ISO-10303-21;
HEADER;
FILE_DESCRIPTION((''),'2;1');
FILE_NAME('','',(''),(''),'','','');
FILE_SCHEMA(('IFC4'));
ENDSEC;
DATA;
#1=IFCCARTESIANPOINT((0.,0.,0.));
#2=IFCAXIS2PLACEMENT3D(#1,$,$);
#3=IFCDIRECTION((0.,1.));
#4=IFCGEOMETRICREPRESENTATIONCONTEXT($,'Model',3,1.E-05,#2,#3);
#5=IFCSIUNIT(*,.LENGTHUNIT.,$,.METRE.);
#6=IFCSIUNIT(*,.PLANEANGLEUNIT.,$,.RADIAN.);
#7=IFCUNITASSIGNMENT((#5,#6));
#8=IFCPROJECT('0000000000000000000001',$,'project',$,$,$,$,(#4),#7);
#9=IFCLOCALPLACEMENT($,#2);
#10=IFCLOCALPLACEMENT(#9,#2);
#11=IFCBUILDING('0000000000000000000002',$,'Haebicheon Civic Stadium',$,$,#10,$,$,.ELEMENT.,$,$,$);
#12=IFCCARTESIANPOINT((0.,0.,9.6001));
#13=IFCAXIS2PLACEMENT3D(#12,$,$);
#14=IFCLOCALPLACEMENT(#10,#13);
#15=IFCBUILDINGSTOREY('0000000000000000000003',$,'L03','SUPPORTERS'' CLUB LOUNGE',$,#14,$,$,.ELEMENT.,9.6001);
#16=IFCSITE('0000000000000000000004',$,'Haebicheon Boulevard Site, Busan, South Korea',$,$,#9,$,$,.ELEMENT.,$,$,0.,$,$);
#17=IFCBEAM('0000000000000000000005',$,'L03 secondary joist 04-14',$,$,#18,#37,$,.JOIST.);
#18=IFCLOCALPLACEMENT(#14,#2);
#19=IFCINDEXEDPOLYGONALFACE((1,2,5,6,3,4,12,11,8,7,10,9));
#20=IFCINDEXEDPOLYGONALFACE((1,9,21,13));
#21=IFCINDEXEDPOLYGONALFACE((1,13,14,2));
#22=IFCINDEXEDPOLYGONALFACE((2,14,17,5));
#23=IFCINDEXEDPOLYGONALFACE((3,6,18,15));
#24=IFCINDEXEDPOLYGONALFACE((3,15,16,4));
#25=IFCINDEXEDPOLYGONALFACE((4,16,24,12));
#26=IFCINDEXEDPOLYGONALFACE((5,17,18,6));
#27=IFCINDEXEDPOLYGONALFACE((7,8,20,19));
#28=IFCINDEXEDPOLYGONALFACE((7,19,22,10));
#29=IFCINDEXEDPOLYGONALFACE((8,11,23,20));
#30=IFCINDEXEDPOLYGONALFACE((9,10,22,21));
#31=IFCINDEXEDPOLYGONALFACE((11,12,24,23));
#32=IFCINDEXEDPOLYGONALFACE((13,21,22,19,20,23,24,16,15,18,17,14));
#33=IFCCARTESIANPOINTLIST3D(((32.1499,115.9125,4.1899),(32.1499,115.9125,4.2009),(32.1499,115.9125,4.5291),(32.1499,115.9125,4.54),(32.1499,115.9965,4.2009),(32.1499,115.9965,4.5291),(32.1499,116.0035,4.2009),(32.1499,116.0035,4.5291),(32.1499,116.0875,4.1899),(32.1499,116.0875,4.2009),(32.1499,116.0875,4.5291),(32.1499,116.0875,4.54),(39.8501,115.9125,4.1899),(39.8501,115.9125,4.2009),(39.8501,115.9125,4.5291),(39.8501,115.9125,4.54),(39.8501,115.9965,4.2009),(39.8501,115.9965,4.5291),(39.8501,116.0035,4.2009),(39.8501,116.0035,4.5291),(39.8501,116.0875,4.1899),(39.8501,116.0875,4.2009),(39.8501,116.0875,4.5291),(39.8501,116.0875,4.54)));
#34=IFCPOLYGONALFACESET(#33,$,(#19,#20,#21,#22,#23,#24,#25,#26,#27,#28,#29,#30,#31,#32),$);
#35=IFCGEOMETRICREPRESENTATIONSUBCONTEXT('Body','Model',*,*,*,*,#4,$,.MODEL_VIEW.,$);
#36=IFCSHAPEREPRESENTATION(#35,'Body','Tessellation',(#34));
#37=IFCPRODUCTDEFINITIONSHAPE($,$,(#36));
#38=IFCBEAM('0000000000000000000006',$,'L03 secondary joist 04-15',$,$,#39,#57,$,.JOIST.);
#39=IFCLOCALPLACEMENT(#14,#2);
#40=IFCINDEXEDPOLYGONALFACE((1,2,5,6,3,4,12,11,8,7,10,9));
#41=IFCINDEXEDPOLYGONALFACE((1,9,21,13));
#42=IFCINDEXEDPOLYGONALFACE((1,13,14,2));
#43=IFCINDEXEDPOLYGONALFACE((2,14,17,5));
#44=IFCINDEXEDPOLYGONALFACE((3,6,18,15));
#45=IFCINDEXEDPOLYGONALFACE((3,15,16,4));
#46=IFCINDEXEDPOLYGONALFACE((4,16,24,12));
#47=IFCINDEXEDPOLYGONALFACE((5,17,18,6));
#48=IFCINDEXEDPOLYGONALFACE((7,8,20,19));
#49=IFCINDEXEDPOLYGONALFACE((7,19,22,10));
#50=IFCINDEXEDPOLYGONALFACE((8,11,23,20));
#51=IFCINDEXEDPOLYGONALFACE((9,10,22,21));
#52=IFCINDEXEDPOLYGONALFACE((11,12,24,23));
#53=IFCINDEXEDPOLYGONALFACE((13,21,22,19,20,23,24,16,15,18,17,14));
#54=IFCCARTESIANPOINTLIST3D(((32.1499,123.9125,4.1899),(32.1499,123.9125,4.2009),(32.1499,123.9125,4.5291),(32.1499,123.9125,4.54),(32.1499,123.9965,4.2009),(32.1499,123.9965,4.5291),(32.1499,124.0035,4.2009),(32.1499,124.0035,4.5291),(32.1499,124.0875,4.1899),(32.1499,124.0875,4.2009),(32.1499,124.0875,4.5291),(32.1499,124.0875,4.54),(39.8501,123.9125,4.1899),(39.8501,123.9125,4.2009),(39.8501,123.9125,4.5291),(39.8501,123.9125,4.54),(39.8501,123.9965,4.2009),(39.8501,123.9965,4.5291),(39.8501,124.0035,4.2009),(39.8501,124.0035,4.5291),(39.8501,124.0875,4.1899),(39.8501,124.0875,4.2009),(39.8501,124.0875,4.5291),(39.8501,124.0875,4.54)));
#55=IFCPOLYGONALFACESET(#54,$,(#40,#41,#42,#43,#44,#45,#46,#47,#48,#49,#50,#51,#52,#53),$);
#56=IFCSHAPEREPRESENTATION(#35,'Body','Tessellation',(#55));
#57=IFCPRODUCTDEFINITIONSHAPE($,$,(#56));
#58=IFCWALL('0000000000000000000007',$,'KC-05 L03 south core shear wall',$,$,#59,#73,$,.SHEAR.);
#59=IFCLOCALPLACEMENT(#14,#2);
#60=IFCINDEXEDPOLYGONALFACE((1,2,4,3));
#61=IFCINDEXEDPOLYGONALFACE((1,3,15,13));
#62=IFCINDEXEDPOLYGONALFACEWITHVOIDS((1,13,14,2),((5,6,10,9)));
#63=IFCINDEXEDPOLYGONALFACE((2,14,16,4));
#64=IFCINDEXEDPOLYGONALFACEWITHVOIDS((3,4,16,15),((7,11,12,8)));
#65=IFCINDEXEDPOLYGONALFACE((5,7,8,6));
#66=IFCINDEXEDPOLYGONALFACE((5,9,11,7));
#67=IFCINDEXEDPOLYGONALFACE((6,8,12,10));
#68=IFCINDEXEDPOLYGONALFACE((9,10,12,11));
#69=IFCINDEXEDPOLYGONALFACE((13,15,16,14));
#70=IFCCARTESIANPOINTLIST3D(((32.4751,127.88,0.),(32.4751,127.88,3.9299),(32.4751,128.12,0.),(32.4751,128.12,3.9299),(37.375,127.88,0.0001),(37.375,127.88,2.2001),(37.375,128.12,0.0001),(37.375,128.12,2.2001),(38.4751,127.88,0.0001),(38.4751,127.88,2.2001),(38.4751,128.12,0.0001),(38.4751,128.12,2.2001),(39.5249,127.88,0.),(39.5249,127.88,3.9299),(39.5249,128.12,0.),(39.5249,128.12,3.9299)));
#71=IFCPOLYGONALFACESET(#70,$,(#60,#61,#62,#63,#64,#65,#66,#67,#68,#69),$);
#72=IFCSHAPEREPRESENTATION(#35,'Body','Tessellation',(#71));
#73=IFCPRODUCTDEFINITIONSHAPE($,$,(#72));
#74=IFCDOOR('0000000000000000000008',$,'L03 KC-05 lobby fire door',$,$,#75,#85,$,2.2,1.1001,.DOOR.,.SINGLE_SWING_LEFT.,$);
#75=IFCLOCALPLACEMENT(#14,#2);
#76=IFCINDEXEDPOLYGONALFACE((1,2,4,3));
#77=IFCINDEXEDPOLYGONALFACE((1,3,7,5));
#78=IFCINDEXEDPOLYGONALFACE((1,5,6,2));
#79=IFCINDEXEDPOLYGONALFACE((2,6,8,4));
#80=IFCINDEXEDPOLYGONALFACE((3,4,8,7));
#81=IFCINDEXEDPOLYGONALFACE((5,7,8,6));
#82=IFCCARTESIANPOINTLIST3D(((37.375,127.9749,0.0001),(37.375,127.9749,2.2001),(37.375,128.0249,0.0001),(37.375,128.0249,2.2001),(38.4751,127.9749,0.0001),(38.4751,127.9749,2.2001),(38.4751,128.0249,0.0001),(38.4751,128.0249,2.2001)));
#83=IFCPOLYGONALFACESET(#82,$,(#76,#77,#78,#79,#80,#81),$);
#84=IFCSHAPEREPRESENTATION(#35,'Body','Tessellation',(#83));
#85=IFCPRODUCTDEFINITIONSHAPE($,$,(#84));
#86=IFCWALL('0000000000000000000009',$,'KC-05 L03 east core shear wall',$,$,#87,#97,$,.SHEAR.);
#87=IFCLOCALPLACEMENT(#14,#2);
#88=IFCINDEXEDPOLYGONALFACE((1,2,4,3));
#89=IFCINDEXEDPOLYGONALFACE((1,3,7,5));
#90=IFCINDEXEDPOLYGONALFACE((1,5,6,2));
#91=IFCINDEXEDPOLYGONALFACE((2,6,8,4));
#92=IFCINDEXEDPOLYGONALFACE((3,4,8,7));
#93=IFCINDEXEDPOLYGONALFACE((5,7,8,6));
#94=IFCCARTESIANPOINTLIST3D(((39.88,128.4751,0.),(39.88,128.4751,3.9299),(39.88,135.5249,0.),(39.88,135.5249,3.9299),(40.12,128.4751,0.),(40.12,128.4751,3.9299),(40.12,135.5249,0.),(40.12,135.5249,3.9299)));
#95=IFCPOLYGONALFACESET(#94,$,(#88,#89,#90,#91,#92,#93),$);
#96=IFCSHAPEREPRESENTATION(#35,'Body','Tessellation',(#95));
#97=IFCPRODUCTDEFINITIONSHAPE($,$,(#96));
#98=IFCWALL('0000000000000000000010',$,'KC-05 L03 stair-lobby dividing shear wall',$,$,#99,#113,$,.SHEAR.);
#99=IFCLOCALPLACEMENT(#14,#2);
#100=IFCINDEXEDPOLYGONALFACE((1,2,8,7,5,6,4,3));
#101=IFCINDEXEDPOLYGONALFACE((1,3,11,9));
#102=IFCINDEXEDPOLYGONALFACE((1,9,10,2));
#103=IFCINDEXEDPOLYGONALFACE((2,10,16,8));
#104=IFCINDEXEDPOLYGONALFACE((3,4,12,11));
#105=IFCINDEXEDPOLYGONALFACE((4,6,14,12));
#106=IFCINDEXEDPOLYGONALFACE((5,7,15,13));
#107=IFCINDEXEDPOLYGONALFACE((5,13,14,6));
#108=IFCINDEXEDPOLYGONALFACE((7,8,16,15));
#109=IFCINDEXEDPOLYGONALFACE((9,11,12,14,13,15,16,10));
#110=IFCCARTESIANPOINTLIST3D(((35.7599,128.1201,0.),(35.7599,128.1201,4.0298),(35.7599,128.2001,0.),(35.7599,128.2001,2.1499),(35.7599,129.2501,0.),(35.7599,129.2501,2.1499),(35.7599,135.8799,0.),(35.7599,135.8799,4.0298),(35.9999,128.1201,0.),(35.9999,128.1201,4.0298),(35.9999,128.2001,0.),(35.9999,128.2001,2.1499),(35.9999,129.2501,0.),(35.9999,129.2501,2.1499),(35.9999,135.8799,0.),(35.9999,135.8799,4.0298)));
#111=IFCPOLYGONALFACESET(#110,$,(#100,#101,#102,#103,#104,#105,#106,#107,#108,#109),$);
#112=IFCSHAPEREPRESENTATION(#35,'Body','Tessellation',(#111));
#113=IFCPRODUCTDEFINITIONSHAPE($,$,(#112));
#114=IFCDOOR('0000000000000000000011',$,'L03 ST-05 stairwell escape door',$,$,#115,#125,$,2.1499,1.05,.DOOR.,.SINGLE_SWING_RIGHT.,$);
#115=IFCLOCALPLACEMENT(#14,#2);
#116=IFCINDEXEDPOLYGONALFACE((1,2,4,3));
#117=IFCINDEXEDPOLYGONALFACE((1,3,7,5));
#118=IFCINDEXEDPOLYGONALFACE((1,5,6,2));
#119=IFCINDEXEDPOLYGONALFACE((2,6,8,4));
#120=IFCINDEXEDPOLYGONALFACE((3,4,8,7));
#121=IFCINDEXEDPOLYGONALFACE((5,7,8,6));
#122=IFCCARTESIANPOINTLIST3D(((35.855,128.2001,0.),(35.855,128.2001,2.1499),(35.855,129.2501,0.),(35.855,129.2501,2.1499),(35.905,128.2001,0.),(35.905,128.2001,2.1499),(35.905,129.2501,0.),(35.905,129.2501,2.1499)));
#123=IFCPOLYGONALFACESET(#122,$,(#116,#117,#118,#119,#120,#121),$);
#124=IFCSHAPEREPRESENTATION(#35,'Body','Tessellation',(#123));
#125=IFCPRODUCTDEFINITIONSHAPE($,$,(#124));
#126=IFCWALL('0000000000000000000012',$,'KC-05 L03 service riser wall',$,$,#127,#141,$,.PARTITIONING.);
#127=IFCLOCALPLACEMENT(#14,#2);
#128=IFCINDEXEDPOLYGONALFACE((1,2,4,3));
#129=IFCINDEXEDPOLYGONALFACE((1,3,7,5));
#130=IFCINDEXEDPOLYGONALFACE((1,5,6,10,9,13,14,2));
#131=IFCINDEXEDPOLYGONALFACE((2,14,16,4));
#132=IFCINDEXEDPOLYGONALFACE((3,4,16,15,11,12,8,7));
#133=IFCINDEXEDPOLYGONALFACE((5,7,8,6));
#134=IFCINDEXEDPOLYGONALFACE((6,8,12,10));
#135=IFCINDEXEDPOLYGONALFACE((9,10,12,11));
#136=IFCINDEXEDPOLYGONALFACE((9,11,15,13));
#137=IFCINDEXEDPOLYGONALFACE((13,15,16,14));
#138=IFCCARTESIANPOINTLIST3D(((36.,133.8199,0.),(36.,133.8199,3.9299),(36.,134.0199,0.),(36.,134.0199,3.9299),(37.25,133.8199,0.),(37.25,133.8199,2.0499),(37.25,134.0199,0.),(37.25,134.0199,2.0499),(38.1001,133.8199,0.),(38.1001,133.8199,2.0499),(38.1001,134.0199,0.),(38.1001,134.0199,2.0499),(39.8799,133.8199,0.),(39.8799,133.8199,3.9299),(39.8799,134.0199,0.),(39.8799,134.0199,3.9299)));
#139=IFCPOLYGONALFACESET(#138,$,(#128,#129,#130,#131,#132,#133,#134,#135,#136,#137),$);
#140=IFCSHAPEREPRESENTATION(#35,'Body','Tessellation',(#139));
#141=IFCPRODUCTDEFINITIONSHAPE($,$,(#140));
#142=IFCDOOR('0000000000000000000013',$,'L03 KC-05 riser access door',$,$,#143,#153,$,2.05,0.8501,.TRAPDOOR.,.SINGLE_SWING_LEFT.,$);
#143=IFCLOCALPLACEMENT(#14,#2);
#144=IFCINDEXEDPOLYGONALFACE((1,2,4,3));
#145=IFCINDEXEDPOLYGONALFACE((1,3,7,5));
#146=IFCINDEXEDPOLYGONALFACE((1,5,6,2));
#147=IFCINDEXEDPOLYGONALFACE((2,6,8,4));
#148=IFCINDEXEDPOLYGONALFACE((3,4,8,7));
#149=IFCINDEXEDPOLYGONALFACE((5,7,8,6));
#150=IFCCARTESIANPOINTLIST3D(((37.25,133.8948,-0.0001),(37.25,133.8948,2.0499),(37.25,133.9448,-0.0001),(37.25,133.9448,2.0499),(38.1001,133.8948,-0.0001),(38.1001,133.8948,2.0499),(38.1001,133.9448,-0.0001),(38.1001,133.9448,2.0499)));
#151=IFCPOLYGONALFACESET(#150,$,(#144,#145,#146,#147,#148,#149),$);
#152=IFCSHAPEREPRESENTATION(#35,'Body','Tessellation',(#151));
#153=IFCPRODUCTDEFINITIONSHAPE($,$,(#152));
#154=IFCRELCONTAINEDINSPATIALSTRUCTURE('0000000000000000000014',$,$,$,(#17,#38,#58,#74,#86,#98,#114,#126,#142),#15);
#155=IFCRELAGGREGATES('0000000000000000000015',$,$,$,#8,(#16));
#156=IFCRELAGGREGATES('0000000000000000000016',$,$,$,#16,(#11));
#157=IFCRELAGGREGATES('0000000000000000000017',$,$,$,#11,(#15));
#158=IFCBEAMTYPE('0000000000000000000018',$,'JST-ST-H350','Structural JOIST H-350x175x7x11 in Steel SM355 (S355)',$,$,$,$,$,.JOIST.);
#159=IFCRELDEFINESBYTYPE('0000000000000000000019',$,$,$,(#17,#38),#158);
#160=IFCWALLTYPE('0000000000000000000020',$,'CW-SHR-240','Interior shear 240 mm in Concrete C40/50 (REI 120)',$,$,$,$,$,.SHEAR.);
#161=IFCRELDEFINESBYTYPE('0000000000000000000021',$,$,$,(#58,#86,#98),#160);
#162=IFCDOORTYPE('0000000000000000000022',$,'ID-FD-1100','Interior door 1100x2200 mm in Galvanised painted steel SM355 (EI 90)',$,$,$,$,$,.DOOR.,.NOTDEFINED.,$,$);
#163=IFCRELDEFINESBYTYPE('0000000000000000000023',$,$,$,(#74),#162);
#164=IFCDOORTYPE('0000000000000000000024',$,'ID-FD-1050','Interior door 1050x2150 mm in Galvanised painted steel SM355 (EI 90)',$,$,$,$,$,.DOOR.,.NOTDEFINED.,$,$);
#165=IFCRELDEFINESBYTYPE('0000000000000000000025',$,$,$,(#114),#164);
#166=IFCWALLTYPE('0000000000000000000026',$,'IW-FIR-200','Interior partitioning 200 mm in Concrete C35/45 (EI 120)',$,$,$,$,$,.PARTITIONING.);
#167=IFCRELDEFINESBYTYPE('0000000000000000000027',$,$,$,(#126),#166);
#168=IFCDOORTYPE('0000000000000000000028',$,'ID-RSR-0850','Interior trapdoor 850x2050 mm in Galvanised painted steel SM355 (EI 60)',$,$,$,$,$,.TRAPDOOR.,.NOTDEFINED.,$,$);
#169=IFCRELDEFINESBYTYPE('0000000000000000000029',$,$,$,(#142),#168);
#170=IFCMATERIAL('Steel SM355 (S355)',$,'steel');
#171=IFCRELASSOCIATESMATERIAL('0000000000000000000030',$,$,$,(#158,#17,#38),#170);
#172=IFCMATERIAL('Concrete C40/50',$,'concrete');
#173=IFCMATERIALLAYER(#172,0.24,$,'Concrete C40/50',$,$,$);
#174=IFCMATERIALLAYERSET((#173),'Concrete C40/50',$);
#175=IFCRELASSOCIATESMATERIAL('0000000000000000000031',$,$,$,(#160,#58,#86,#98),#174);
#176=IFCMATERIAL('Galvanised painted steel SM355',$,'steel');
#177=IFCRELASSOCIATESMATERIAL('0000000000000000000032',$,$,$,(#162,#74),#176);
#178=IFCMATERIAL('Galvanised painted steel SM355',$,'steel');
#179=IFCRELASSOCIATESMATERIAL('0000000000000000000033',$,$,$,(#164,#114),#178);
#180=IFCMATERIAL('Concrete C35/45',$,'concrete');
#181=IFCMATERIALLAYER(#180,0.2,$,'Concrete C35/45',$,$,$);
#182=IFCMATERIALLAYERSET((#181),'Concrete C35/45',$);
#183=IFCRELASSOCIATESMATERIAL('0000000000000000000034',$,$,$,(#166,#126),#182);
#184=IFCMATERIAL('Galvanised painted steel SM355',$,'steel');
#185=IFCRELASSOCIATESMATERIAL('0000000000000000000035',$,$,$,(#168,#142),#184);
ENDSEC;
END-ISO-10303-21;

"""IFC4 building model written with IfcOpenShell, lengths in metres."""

from ifc_helpers import new_model, si_unit, direction, frame, frame_2d, origin, origin_2d, place, context, subcontext, project, spatial, rectangle, i_section, extrude, material, layer, layer_set, material_profile, profile_set, type_object, element, fill, save


model = new_model("IFC4")

# Units and contexts
model_context = context("Model", 3, precision=1e-05, world=origin(), true_north=direction((0.0, 1.0)))
body_context = subcontext(model_context, "Body", "Model", "MODEL_VIEW")
ifc_project = project(units=[si_unit("LENGTHUNIT", "METRE"), si_unit("PLANEANGLEUNIT", "RADIAN")], contexts=[model_context])

# Site, building, storey
site_placement = place(None, origin())
site = spatial("IfcSite", under=ifc_project, at=site_placement, Name="Haebicheon Boulevard Site, Busan, South Korea", CompositionType="ELEMENT", RefElevation=0.0)
building_placement = place(site_placement, origin())
building = spatial("IfcBuilding", under=site, at=building_placement, Name="Haebicheon Civic Stadium", CompositionType="ELEMENT")
storey_placement = place(building_placement, frame((0.0, 0.0, 9.6001)))
storey = spatial("IfcBuildingStorey", under=building, at=storey_placement, Name="L03", Description="SUPPORTERS' CLUB LOUNGE", CompositionType="ELEMENT", Elevation=9.6001)

# Beams
ifc_material_1 = material(Name="Steel SM355 (S355)", Category="steel")
ifc_material_profile_1 = material_profile(ifc_material_1, i_section(OverallWidth=0.175, OverallDepth=0.3501, WebThickness=0.0071, FlangeThickness=0.011, at=origin_2d()), Name="H-350x175x7x11")
ifc_profile_set_1 = profile_set([ifc_material_profile_1], Name="Steel SM355 (S355)")
beam_type_1 = type_object("IfcBeamType", Name="JST-ST-H350", Description="Structural JOIST H-350x175x7x11 in Steel SM355 (S355)", PredefinedType="JOIST", material=ifc_profile_set_1)
for number, where, z_axis, x_axis, name in (
    (1, (32.1499, 116.0, 4.365), (1.0, 0.0, 0.0), (0.0, 1.0, 0.0), "L03 secondary joist 04-14"),
    (2, (32.1499, 124.0, 4.365), (1.0, 0.0, 0.0), (0.0, 1.0, 0.0), "L03 secondary joist 04-15"),
):
    element("IfcBeam", number, at=place(storey_placement, frame(where, z_axis=z_axis, x_axis=x_axis)), inside=storey, type_object=beam_type_1, material=ifc_profile_set_1, Name=name, PredefinedType="JOIST", context=body_context, shape_type="SweptSolid", body=[
        extrude(i_section(OverallWidth=0.175, OverallDepth=0.3501, WebThickness=0.0071, FlangeThickness=0.011, at=origin_2d()), origin(), (0.0, 0.0, 1.0), 7.7002),
    ])

# Wall, opening, door
ifc_material_2 = material(Name="Concrete C40/50", Category="concrete")
ifc_layer_1 = layer(ifc_material_2, 0.24, Name="Concrete C40/50")
ifc_layer_set_1 = layer_set([ifc_layer_1], Name="Concrete C40/50")
wall_type_1 = type_object("IfcWallType", Name="CW-SHR-240", Description="Interior shear 240 mm in Concrete C40/50 (REI 120)", PredefinedType="SHEAR", material=ifc_layer_set_1)
wall_1_placement = place(storey_placement, frame((32.4751, 128.0, 0.0), z_axis=(0.0, 0.0, 1.0), x_axis=(1.0, 0.0, 0.0)))
wall_1 = element("IfcWall", 3, at=wall_1_placement, inside=storey, type_object=wall_type_1, material=ifc_layer_set_1, Name="KC-05 L03 south core shear wall", PredefinedType="SHEAR", context=body_context, shape_type="SweptSolid", body=[
    extrude(rectangle(XDim=7.0498, YDim=0.24, at=frame_2d((3.5249, 0.0))), origin(), (0.0, 0.0, 1.0), 3.9299),
])
opening_1_placement = place(wall_1_placement, frame((4.8999, 0.0, 0.0)))
opening_1 = element("IfcOpeningElement", 4, at=opening_1_placement, cuts=wall_1, PredefinedType="OPENING", context=body_context, shape_type="SweptSolid", body=[
    extrude(rectangle(XDim=1.1001, YDim=2.2, at=frame_2d((0.55, 1.1001))), frame((0.0, 0.1299, 0.0), z_axis=(0.0, -1.0, 0.0), x_axis=(1.0, 0.0, 0.0)), (0.0, 0.0, 1.0), 0.26),
])
ifc_material_3 = material(Name="Galvanised painted steel SM355", Category="steel")
door_type_1 = type_object("IfcDoorType", Name="ID-FD-1100", Description="Interior door 1100x2200 mm in Galvanised painted steel SM355 (EI 90)", OperationType="NOTDEFINED", PredefinedType="DOOR", material=ifc_material_3)
door_1_placement = place(opening_1_placement, origin())
door_1 = element("IfcDoor", 5, at=door_1_placement, inside=storey, type_object=door_type_1, material=ifc_material_3, Name="L03 KC-05 lobby fire door", OperationType="SINGLE_SWING_LEFT", OverallHeight=2.2, OverallWidth=1.1001, PredefinedType="DOOR", context=body_context, shape_type="SweptSolid", body=[
    extrude(rectangle(XDim=1.1001, YDim=2.2, at=frame_2d((0.55, 1.1001))), frame((0.0, 0.0249, 0.0), z_axis=(0.0, -1.0, 0.0), x_axis=(1.0, 0.0, 0.0)), (0.0, 0.0, 1.0), 0.05),
])
fill(opening_1, door_1)

# Wall
wall_2_placement = place(storey_placement, frame((40.0, 128.4751, 0.0), z_axis=(0.0, 0.0, 1.0), x_axis=(0.0, 1.0, 0.0)))
element("IfcWall", 6, at=wall_2_placement, inside=storey, type_object=wall_type_1, material=ifc_layer_set_1, Name="KC-05 L03 east core shear wall", PredefinedType="SHEAR", context=body_context, shape_type="SweptSolid", body=[
    extrude(rectangle(XDim=7.0498, YDim=0.24, at=frame_2d((3.5249, 0.0))), origin(), (0.0, 0.0, 1.0), 3.9299),
])

# Walls, openings, doors
wall_3_placement = place(storey_placement, frame((35.8799, 128.1201, 0.0), z_axis=(0.0, 0.0, 1.0), x_axis=(0.0, 1.0, 0.0)))
wall_3 = element("IfcWall", 7, at=wall_3_placement, inside=storey, type_object=wall_type_1, material=ifc_layer_set_1, Name="KC-05 L03 stair-lobby dividing shear wall", PredefinedType="SHEAR", context=body_context, shape_type="SweptSolid", body=[
    extrude(rectangle(XDim=7.7598, YDim=0.24, at=frame_2d((3.8799, 0.0))), origin(), (0.0, 0.0, 1.0), 4.0298),
])
opening_2_placement = place(wall_3_placement, frame((0.0801, 0.0, 0.0)))
opening_2 = element("IfcOpeningElement", 8, at=opening_2_placement, cuts=wall_3, PredefinedType="OPENING", context=body_context, shape_type="SweptSolid", body=[
    extrude(rectangle(XDim=1.05, YDim=2.1499, at=frame_2d((0.5249, 1.075))), frame((0.0, 0.1299, 0.0), z_axis=(0.0, -1.0, 0.0), x_axis=(1.0, 0.0, 0.0)), (0.0, 0.0, 1.0), 0.26),
])
ifc_material_4 = material(Name="Galvanised painted steel SM355", Category="steel")
door_type_2 = type_object("IfcDoorType", Name="ID-FD-1050", Description="Interior door 1050x2150 mm in Galvanised painted steel SM355 (EI 90)", OperationType="NOTDEFINED", PredefinedType="DOOR", material=ifc_material_4)
door_2_placement = place(opening_2_placement, origin())
door_2 = element("IfcDoor", 9, at=door_2_placement, inside=storey, type_object=door_type_2, material=ifc_material_4, Name="L03 ST-05 stairwell escape door", OperationType="SINGLE_SWING_RIGHT", OverallHeight=2.1499, OverallWidth=1.05, PredefinedType="DOOR", context=body_context, shape_type="SweptSolid", body=[
    extrude(rectangle(XDim=1.05, YDim=2.1499, at=frame_2d((0.5249, 1.075))), frame((0.0, 0.0249, 0.0), z_axis=(0.0, -1.0, 0.0), x_axis=(1.0, 0.0, 0.0)), (0.0, 0.0, 1.0), 0.05),
])
fill(opening_2, door_2)
ifc_material_5 = material(Name="Concrete C35/45", Category="concrete")
ifc_layer_2 = layer(ifc_material_5, 0.2, Name="Concrete C35/45")
ifc_layer_set_2 = layer_set([ifc_layer_2], Name="Concrete C35/45")
wall_type_2 = type_object("IfcWallType", Name="IW-FIR-200", Description="Interior partitioning 200 mm in Concrete C35/45 (EI 120)", PredefinedType="PARTITIONING", material=ifc_layer_set_2)
wall_4_placement = place(storey_placement, frame((36.0, 133.9199, 0.0), z_axis=(0.0, 0.0, 1.0), x_axis=(1.0, 0.0, 0.0)))
wall_4 = element("IfcWall", 10, at=wall_4_placement, inside=storey, type_object=wall_type_2, material=ifc_layer_set_2, Name="KC-05 L03 service riser wall", PredefinedType="PARTITIONING", context=body_context, shape_type="SweptSolid", body=[
    extrude(rectangle(XDim=3.8799, YDim=0.2, at=frame_2d((1.9399, 0.0))), origin(), (0.0, 0.0, 1.0), 3.9299),
])
opening_3_placement = place(wall_4_placement, frame((1.25, 0.0, 0.0)))
opening_3 = element("IfcOpeningElement", 11, at=opening_3_placement, cuts=wall_4, PredefinedType="OPENING", context=body_context, shape_type="SweptSolid", body=[
    extrude(rectangle(XDim=0.8501, YDim=2.05, at=frame_2d((0.425, 1.0249))), frame((0.0, 0.1099, 0.0), z_axis=(0.0, -1.0, 0.0), x_axis=(1.0, 0.0, 0.0)), (0.0, 0.0, 1.0), 0.22),
])
ifc_material_6 = material(Name="Galvanised painted steel SM355", Category="steel")
door_type_3 = type_object("IfcDoorType", Name="ID-RSR-0850", Description="Interior trapdoor 850x2050 mm in Galvanised painted steel SM355 (EI 60)", OperationType="NOTDEFINED", PredefinedType="TRAPDOOR", material=ifc_material_6)
door_3_placement = place(opening_3_placement, origin())
door_3 = element("IfcDoor", 12, at=door_3_placement, inside=storey, type_object=door_type_3, material=ifc_material_6, Name="L03 KC-05 riser access door", OperationType="SINGLE_SWING_LEFT", OverallHeight=2.05, OverallWidth=0.8501, PredefinedType="TRAPDOOR", context=body_context, shape_type="SweptSolid", body=[
    extrude(rectangle(XDim=0.8501, YDim=2.05, at=frame_2d((0.425, 1.0249))), frame((0.0, 0.0249, 0.0), z_axis=(0.0, -1.0, 0.0), x_axis=(1.0, 0.0, 0.0)), (0.0, 0.0, 1.0), 0.05),
])
fill(opening_3, door_3)

save(model, "model.ifc")
